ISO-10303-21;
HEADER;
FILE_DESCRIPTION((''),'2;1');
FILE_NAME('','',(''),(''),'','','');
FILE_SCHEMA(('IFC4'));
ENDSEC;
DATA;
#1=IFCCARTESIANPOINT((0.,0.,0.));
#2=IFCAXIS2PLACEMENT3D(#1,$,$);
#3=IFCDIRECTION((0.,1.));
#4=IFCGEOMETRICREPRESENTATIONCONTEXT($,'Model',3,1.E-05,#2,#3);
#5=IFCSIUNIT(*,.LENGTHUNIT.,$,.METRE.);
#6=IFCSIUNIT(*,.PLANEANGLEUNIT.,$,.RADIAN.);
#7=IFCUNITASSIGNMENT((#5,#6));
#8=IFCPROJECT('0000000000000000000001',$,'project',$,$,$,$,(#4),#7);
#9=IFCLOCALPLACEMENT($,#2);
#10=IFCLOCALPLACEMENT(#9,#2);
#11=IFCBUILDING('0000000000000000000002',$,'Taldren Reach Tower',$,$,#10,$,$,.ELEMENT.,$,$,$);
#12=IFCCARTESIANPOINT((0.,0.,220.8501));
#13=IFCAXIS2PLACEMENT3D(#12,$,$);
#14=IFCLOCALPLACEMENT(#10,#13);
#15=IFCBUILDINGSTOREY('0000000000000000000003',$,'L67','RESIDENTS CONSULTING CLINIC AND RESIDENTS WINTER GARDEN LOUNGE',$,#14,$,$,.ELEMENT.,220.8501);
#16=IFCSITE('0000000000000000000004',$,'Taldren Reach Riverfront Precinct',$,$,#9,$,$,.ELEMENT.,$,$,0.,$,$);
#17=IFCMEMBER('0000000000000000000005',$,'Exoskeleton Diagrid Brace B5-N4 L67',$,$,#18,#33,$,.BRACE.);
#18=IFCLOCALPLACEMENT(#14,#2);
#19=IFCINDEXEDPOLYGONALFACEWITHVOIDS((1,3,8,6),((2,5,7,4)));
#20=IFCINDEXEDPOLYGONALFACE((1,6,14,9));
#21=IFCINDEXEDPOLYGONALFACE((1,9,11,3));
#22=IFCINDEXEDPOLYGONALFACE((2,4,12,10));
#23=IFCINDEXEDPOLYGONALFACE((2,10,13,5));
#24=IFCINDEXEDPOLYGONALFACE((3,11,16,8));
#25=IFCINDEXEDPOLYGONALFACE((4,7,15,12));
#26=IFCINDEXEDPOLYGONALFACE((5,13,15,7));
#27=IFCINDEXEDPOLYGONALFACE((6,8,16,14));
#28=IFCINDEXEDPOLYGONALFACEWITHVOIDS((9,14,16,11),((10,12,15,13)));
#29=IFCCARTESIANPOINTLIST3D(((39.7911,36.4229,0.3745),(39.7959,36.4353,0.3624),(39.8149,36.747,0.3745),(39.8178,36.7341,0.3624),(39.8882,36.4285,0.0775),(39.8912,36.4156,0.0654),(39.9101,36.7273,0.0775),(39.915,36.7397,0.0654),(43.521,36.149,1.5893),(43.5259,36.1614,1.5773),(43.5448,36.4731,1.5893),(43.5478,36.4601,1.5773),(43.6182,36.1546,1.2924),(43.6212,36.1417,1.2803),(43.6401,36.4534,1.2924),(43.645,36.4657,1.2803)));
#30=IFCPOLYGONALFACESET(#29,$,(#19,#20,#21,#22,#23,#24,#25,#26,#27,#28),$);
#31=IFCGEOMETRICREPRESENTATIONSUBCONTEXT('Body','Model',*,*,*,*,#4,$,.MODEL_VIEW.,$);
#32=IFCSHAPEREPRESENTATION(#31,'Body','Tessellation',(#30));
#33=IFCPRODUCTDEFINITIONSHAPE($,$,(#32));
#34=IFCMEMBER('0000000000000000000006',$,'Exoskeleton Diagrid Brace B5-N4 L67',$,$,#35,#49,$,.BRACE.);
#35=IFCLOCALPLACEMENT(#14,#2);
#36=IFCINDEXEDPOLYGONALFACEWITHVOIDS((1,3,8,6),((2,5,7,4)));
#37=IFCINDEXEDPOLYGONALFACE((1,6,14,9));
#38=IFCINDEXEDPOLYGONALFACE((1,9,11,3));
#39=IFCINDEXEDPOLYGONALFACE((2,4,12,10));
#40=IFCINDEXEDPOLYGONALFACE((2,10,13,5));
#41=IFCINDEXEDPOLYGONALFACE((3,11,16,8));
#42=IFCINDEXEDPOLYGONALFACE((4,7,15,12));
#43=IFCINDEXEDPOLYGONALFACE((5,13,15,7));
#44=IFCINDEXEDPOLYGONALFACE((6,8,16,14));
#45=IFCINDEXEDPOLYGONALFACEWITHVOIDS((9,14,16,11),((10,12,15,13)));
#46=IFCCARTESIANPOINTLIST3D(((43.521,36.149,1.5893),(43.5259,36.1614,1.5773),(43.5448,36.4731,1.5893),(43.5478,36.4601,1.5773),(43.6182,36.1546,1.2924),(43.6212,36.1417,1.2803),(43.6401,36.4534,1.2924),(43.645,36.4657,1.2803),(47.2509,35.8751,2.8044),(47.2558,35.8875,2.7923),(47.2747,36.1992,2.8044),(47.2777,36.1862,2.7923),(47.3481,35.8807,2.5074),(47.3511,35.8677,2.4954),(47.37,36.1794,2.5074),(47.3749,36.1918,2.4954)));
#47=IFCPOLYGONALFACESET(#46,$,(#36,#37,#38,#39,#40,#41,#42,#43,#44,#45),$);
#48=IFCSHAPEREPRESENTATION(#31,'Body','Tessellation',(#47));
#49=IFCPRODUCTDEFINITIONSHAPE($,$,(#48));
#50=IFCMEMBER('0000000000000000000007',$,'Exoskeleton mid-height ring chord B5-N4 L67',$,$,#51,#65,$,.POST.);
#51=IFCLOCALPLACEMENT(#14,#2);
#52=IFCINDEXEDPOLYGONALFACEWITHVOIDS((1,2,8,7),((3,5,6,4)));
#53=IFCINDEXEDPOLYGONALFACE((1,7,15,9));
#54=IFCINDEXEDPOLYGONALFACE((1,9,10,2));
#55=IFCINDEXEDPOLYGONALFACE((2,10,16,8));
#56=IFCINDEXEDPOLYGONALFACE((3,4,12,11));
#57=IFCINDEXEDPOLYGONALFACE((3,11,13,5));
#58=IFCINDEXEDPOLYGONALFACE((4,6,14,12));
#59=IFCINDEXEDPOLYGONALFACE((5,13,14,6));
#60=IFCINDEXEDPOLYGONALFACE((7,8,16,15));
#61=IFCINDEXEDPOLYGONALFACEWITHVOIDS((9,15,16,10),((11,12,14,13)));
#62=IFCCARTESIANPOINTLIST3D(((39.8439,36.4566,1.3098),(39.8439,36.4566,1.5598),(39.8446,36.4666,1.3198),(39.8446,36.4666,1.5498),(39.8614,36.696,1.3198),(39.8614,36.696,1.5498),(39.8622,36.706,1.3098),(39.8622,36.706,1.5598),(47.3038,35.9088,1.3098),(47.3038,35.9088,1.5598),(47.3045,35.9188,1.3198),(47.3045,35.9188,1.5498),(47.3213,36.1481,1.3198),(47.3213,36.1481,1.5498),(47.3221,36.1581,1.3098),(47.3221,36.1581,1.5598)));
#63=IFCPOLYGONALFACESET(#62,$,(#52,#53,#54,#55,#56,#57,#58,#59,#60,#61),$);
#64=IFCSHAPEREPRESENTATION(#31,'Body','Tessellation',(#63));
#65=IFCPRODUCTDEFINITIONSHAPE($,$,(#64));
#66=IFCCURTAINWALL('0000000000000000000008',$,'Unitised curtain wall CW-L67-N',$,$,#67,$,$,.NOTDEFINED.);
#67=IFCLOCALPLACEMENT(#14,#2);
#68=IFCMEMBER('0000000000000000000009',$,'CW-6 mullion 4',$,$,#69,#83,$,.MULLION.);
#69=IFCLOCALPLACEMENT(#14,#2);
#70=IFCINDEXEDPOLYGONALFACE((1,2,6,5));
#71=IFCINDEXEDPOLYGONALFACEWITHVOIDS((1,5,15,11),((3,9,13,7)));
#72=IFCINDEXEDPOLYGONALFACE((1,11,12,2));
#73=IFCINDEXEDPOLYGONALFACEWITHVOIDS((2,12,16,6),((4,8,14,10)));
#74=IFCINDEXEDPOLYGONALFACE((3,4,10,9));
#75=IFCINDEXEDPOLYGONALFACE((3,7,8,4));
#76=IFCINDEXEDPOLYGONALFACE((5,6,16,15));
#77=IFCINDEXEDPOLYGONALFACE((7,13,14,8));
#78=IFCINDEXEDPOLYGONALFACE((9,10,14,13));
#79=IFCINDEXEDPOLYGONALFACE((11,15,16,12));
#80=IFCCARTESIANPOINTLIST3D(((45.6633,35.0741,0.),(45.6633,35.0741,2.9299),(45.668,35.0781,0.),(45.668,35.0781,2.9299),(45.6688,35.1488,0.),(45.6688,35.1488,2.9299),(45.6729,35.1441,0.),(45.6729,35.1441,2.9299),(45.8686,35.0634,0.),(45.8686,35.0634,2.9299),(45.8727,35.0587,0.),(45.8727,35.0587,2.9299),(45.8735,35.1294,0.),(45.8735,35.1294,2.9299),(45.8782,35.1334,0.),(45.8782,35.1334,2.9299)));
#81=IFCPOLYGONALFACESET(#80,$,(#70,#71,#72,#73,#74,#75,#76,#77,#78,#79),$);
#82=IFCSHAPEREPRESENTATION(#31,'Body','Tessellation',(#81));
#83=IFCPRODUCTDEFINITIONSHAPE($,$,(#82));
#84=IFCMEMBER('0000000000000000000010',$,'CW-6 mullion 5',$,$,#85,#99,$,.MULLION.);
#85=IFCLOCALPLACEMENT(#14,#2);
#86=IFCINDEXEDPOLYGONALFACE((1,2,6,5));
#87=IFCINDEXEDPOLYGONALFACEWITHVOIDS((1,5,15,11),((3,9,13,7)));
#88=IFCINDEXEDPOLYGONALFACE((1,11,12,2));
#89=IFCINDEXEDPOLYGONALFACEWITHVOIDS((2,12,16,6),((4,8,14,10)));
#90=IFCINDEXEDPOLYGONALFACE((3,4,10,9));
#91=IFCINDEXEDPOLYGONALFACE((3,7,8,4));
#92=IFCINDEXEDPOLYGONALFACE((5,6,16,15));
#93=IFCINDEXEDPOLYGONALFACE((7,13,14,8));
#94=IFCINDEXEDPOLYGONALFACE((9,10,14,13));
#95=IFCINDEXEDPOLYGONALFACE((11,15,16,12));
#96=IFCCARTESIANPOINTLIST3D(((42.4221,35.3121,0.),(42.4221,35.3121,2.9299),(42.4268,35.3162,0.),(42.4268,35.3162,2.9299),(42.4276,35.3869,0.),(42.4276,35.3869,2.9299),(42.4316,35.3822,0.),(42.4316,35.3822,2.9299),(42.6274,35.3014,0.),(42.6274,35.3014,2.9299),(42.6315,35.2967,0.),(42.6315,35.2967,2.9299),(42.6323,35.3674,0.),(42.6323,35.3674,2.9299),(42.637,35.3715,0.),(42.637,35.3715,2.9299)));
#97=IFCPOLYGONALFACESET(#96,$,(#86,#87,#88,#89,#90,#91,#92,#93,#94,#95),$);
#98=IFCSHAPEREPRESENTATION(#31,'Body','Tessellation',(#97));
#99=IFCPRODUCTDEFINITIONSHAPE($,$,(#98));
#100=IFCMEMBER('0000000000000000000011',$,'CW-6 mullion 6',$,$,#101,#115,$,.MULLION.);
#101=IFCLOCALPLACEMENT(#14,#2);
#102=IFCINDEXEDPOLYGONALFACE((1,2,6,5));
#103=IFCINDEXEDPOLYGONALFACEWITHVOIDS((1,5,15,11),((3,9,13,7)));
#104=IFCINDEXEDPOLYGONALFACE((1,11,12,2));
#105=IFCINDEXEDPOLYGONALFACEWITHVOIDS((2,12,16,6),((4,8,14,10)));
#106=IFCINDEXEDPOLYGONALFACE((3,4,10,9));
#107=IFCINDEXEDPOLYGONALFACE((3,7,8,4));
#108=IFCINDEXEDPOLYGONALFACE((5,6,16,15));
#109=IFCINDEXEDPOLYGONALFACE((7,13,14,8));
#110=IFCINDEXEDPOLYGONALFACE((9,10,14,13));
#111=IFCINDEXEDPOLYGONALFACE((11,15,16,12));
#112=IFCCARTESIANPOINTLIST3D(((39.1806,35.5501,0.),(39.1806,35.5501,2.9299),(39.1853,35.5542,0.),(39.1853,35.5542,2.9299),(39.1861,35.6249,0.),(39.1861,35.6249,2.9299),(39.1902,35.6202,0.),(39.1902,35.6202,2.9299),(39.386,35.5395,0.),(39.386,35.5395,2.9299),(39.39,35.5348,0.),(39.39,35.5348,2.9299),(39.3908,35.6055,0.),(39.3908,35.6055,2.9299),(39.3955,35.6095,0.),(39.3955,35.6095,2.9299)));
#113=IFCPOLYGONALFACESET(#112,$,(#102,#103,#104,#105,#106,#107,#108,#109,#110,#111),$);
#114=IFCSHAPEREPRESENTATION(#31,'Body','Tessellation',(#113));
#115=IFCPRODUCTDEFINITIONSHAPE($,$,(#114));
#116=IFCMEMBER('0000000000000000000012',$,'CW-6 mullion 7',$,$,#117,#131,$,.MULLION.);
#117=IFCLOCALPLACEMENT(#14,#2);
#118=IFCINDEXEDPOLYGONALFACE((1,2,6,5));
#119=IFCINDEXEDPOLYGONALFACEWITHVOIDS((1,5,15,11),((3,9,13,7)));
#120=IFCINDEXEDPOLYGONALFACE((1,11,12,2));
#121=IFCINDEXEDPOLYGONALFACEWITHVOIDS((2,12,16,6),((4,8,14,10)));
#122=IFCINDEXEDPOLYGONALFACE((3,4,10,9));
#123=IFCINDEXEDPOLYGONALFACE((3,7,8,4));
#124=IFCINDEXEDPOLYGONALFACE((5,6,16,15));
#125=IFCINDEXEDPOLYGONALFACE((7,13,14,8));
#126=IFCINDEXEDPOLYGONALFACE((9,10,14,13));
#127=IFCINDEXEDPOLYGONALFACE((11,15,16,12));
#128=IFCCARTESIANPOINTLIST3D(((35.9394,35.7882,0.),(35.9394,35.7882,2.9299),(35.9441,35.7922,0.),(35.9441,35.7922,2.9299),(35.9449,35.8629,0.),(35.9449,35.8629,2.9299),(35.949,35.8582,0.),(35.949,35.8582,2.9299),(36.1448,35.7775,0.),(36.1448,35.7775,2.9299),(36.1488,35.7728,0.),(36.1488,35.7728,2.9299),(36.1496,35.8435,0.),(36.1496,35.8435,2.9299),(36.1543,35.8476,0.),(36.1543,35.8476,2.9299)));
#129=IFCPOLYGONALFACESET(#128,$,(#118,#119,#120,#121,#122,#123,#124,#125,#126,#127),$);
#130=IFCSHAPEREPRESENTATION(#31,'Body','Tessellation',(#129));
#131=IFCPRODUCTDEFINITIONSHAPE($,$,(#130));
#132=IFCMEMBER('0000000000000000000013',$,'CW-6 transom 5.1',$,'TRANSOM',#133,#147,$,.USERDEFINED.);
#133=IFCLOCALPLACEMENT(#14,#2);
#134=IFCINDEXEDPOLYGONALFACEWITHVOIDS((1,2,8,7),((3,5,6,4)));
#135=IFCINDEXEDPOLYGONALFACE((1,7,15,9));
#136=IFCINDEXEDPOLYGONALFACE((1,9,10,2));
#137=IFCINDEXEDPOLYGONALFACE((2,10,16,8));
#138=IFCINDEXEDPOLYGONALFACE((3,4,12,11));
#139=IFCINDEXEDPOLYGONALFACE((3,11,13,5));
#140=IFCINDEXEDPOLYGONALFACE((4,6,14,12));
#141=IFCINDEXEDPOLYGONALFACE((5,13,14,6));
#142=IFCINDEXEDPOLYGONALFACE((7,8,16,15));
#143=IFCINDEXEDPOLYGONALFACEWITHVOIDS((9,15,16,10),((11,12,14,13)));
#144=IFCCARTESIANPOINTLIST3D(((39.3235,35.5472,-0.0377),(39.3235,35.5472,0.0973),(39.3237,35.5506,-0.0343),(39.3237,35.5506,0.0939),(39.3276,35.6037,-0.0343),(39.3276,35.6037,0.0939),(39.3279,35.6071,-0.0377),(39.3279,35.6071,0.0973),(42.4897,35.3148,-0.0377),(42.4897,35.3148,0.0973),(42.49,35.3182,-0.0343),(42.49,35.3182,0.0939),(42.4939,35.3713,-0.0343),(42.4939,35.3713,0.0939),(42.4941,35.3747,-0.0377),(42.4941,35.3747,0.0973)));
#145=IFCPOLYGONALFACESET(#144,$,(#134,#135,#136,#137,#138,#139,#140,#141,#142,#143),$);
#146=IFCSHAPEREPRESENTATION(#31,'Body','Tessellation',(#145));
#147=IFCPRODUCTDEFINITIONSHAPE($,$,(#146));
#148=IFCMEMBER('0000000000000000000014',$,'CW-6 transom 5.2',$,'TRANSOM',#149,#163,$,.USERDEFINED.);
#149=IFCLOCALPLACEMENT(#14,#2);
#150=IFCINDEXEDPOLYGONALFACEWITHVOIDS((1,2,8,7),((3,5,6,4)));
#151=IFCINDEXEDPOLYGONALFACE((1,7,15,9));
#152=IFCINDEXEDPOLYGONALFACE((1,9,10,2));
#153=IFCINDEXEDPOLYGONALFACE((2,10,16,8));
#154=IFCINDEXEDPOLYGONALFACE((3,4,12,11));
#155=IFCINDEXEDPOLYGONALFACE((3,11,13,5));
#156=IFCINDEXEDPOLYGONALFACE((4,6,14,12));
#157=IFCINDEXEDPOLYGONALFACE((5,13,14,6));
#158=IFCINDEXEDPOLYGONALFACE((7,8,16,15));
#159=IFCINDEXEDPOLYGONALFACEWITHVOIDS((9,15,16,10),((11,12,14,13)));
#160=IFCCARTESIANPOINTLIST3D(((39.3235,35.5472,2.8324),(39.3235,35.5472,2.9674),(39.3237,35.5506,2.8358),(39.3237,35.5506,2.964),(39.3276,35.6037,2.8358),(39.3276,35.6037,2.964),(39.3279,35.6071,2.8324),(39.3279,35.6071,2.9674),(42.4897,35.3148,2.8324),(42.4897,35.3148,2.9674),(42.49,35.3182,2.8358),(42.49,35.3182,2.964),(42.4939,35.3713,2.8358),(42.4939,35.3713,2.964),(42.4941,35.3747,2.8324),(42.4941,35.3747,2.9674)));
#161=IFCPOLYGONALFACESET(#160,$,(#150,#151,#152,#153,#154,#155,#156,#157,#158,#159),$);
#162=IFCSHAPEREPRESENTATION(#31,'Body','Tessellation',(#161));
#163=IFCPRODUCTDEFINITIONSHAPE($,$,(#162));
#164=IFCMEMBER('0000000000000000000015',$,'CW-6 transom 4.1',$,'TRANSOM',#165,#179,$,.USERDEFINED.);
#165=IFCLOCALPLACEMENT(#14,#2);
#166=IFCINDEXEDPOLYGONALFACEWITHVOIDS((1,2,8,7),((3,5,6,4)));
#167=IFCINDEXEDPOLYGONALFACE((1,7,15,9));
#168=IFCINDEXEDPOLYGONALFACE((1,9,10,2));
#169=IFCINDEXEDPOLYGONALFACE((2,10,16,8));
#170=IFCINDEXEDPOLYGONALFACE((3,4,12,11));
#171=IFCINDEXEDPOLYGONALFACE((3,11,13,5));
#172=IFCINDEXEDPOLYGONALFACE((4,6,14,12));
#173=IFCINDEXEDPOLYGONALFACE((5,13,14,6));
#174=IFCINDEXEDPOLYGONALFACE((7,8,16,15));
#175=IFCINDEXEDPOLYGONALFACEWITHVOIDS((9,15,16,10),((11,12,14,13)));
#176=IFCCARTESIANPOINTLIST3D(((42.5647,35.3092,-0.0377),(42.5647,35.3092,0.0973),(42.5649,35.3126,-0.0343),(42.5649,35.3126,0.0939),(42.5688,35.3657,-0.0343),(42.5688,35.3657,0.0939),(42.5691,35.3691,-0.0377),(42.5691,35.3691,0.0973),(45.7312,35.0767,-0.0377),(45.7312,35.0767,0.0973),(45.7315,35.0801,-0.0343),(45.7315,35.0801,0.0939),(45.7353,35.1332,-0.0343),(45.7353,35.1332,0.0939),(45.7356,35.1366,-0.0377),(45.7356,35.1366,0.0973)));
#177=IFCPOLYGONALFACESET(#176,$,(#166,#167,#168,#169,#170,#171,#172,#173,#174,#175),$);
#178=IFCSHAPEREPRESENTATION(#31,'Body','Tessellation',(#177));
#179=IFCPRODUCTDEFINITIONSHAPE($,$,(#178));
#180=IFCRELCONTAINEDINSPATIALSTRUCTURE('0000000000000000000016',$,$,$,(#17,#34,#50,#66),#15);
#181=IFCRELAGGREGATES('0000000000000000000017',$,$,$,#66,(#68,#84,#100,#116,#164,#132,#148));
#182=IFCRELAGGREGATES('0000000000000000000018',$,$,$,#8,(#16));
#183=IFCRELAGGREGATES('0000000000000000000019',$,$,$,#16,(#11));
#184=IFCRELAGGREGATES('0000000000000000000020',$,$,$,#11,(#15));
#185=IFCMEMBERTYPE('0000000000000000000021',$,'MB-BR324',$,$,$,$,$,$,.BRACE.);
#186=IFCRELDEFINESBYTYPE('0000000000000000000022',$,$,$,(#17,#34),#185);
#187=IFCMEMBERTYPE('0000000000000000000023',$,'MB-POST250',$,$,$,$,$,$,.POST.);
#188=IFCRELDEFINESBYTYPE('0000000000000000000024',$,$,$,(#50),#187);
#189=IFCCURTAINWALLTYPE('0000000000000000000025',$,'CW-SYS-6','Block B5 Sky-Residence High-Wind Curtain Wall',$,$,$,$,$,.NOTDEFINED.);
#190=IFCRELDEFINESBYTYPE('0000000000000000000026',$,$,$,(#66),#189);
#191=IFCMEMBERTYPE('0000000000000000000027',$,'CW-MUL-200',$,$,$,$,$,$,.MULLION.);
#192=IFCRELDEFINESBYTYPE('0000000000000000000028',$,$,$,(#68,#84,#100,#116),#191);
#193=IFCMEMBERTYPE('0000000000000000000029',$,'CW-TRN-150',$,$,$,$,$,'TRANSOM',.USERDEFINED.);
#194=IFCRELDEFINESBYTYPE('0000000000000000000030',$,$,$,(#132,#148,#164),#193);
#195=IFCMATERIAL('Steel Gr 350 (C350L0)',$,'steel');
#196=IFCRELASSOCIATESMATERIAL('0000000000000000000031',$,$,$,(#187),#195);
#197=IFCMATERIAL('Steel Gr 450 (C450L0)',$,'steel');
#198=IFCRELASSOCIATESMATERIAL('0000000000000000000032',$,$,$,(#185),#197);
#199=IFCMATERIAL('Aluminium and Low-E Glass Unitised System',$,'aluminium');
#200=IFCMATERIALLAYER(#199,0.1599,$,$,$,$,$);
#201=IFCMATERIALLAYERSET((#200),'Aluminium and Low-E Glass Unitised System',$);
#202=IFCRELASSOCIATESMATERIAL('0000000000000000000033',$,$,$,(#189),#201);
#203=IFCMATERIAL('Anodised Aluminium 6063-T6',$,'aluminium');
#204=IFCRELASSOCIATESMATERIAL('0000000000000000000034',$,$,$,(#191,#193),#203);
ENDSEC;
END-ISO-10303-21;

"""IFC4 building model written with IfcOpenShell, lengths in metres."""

from ifc_helpers import new_model, si_unit, direction, frame, origin, origin_2d, place, context, subcontext, project, spatial, hollow_rectangle, extrude, source, transform, mapped, material, layer, layer_set, material_profile, profile_set, type_object, element, aggregate, save


model = new_model("IFC4")

# Units and contexts
model_context = context("Model", 3, precision=1e-05, world=origin(), true_north=direction((0.0, 1.0)))
body_context = subcontext(model_context, "Body", "Model", "MODEL_VIEW")
ifc_project = project(units=[si_unit("LENGTHUNIT", "METRE"), si_unit("PLANEANGLEUNIT", "RADIAN")], contexts=[model_context])

# Site, building, storey
site_placement = place(None, origin())
site = spatial("IfcSite", under=ifc_project, at=site_placement, Name="Taldren Reach Riverfront Precinct", CompositionType="ELEMENT", RefElevation=0.0)
building_placement = place(site_placement, origin())
building = spatial("IfcBuilding", under=site, at=building_placement, Name="Taldren Reach Tower", CompositionType="ELEMENT")
storey_placement = place(building_placement, frame((0.0, 0.0, 220.8501)))
storey = spatial("IfcBuildingStorey", under=building, at=storey_placement, Name="L67", Description="RESIDENTS CONSULTING CLINIC AND RESIDENTS WINTER GARDEN LOUNGE", CompositionType="ELEMENT", Elevation=220.8501)

# Shared definitions
ifc_material_1 = material(Name="Steel Gr 350 (C350L0)", Category="steel")

# Shared definitions
ifc_material_profile_1 = material_profile(ifc_material_1, hollow_rectangle(XDim=0.25, YDim=0.25, WallThickness=0.01, at=origin_2d()), Name="250x250x10.0SHS")
ifc_profile_set_1 = profile_set([ifc_material_profile_1], Name="Steel Gr 350 (C350L0)")
member_type_1 = type_object("IfcMemberType", Name="MB-POST250", PredefinedType="POST", material=ifc_profile_set_1)
ifc_material_2 = material(Name="Steel Gr 450 (C450L0)", Category="steel")

# Members
ifc_material_profile_2 = material_profile(ifc_material_2, hollow_rectangle(XDim=0.325, YDim=0.325, WallThickness=0.0127, at=origin_2d()), Name="325x325x12.7SHS")
ifc_profile_set_2 = profile_set([ifc_material_profile_2], Name="Steel Gr 450 (C450L0)")
member_type_2 = type_object("IfcMemberType", Name="MB-BR324", PredefinedType="BRACE", material=ifc_profile_set_2)
shared_shape_1 = source(origin(), body_context, "Body", "SweptSolid", [
    extrude(hollow_rectangle(XDim=0.325, YDim=0.325, WallThickness=0.0127, at=origin_2d()), origin(), (0.0, 0.0, 1.0), 3.9324),
])
for number, where, z_axis, x_axis, name in (
    (1, (39.853, 36.5813, 0.22), (0.948529, -0.069659, 0.308933), (0.073242, 0.997314, 0.0), "Exoskeleton Diagrid Brace B5-N4 L67"),
    (2, (43.583, 36.3074, 1.4348), (0.948511, -0.069658, 0.308989), (0.073242, 0.997314, 0.0), "Exoskeleton Diagrid Brace B5-N4 L67"),
):
    element("IfcMember", number, at=place(storey_placement, frame(where, z_axis=z_axis, x_axis=x_axis)), inside=storey, type_object=member_type_2, Name=name, PredefinedType="BRACE", context=body_context, shape_type="MappedRepresentation", body=[
        mapped(shared_shape_1, transform((0.0, 0.0, 0.0), scale=1.0)),
    ])
shared_shape_2 = source(origin(), body_context, "Body", "SweptSolid", [
    extrude(hollow_rectangle(XDim=0.25, YDim=0.25, WallThickness=0.01, at=origin_2d()), origin(), (0.0, 0.0, 1.0), 7.48),
])
member_1_placement = place(storey_placement, frame((39.853, 36.5813, 1.4348), z_axis=(0.997314, -0.073242, 0.0), x_axis=(0.073242, 0.997314, 0.0)))
element("IfcMember", 3, at=member_1_placement, inside=storey, type_object=member_type_1, Name="Exoskeleton mid-height ring chord B5-N4 L67", PredefinedType="POST", context=body_context, shape_type="MappedRepresentation", body=[
    mapped(shared_shape_2, transform((0.0, 0.0, 0.0), scale=1.0)),
])

# Curtain wall, members
ifc_material_3 = material(Name="Aluminium and Low-E Glass Unitised System", Category="aluminium")
ifc_layer_1 = layer(ifc_material_3, 0.1599)
ifc_layer_set_1 = layer_set([ifc_layer_1], Name="Aluminium and Low-E Glass Unitised System")
curtain_wall_type = type_object("IfcCurtainWallType", Name="CW-SYS-6", Description="Block B5 Sky-Residence High-Wind Curtain Wall", PredefinedType="NOTDEFINED", material=ifc_layer_set_1)
curtain_wall_placement = place(storey_placement, origin())
curtain_wall = element("IfcCurtainWall", 4, at=curtain_wall_placement, inside=storey, type_object=curtain_wall_type, Name="Unitised curtain wall CW-L67-N", PredefinedType="NOTDEFINED")
ifc_material_4 = material(Name="Anodised Aluminium 6063-T6", Category="aluminium")
ifc_material_profile_3 = material_profile(ifc_material_4, hollow_rectangle(XDim=0.075, YDim=0.21, WallThickness=0.0044, at=origin_2d()), Name="ALU-210x75x4.5RHS")
ifc_profile_set_3 = profile_set([ifc_material_profile_3], Name="Anodised Aluminium 6063-T6")
member_type_3 = type_object("IfcMemberType", Name="CW-MUL-200", PredefinedType="MULLION", material=ifc_profile_set_3)
shared_shape_3 = source(origin(), body_context, "Body", "SweptSolid", [
    extrude(hollow_rectangle(XDim=0.075, YDim=0.21, WallThickness=0.0044, at=origin_2d()), origin(), (0.0, 0.0, 1.0), 2.9299),
])
member_2_placement = place(storey_placement, frame((45.7708, 35.1038, 0.0), z_axis=(0.0, 0.0, 1.0), x_axis=(-0.073238, -0.997314, 0.0)))
member_2 = element("IfcMember", 5, at=member_2_placement, type_object=member_type_3, Name="CW-6 mullion 4", PredefinedType="MULLION", context=body_context, shape_type="MappedRepresentation", body=[
    mapped(shared_shape_3, transform((0.0, 0.0, 0.0), scale=1.0)),
])
member_3_placement = place(storey_placement, frame((42.5295, 35.3418, 0.0), z_axis=(0.0, 0.0, 1.0), x_axis=(-0.073238, -0.997314, 0.0)))
member_3 = element("IfcMember", 6, at=member_3_placement, type_object=member_type_3, Name="CW-6 mullion 5", PredefinedType="MULLION", context=body_context, shape_type="MappedRepresentation", body=[
    mapped(shared_shape_3, transform((0.0, 0.0, 0.0), scale=1.0)),
])
member_4_placement = place(storey_placement, frame((39.2881, 35.5798, 0.0), z_axis=(0.0, 0.0, 1.0), x_axis=(-0.073238, -0.997314, 0.0)))
member_4 = element("IfcMember", 7, at=member_4_placement, type_object=member_type_3, Name="CW-6 mullion 6", PredefinedType="MULLION", context=body_context, shape_type="MappedRepresentation", body=[
    mapped(shared_shape_3, transform((0.0, 0.0, 0.0), scale=1.0)),
])
member_5_placement = place(storey_placement, frame((36.0469, 35.8179, 0.0), z_axis=(0.0, 0.0, 1.0), x_axis=(-0.073238, -0.997314, 0.0)))
member_5 = element("IfcMember", 8, at=member_5_placement, type_object=member_type_3, Name="CW-6 mullion 7", PredefinedType="MULLION", context=body_context, shape_type="MappedRepresentation", body=[
    mapped(shared_shape_3, transform((0.0, 0.0, 0.0), scale=1.0)),
])
ifc_material_profile_4 = material_profile(ifc_material_4, hollow_rectangle(XDim=0.0601, YDim=0.135, WallThickness=0.0034, at=origin_2d()), Name="ALU-135x60x3.5RHS")
ifc_profile_set_4 = profile_set([ifc_material_profile_4], Name="Anodised Aluminium 6063-T6")
member_type_4 = type_object("IfcMemberType", Name="CW-TRN-150", ElementType="TRANSOM", PredefinedType="USERDEFINED", material=ifc_profile_set_4)
shared_shape_4 = source(origin(), body_context, "Body", "SweptSolid", [
    extrude(hollow_rectangle(XDim=0.0601, YDim=0.135, WallThickness=0.0034, at=origin_2d()), origin(), (0.0, 0.0, 1.0), 3.1748),
])
member_6_placement = place(storey_placement, frame((42.4919, 35.3447, 0.0298), z_axis=(-0.997317, 0.073209, 0.0), x_axis=(-0.073209, -0.997317, 0.0)))
member_6 = element("IfcMember", 9, at=member_6_placement, type_object=member_type_4, Name="CW-6 transom 5.1", ObjectType="TRANSOM", PredefinedType="USERDEFINED", context=body_context, shape_type="MappedRepresentation", body=[
    mapped(shared_shape_4, transform((0.0, 0.0, 0.0), scale=1.0)),
])
member_7_placement = place(storey_placement, frame((42.4919, 35.3447, 2.8999), z_axis=(-0.997317, 0.073209, 0.0), x_axis=(-0.073209, -0.997317, 0.0)))
member_7 = element("IfcMember", 10, at=member_7_placement, type_object=member_type_4, Name="CW-6 transom 5.2", ObjectType="TRANSOM", PredefinedType="USERDEFINED", context=body_context, shape_type="MappedRepresentation", body=[
    mapped(shared_shape_4, transform((0.0, 0.0, 0.0), scale=1.0)),
])
shared_shape_5 = source(origin(), body_context, "Body", "SweptSolid", [
    extrude(hollow_rectangle(XDim=0.0601, YDim=0.135, WallThickness=0.0034, at=origin_2d()), origin(), (0.0, 0.0, 1.0), 3.175),
])
member_8_placement = place(storey_placement, frame((45.7334, 35.1067, 0.0298), z_axis=(-0.997317, 0.073203, 0.0), x_axis=(-0.073203, -0.997317, 0.0)))
member_8 = element("IfcMember", 11, at=member_8_placement, type_object=member_type_4, Name="CW-6 transom 4.1", ObjectType="TRANSOM", PredefinedType="USERDEFINED", context=body_context, shape_type="MappedRepresentation", body=[
    mapped(shared_shape_5, transform((0.0, 0.0, 0.0), scale=1.0)),
])

aggregate(curtain_wall, [member_2, member_3, member_4, member_5, member_8, member_6, member_7])

save(model, "model.ifc")
